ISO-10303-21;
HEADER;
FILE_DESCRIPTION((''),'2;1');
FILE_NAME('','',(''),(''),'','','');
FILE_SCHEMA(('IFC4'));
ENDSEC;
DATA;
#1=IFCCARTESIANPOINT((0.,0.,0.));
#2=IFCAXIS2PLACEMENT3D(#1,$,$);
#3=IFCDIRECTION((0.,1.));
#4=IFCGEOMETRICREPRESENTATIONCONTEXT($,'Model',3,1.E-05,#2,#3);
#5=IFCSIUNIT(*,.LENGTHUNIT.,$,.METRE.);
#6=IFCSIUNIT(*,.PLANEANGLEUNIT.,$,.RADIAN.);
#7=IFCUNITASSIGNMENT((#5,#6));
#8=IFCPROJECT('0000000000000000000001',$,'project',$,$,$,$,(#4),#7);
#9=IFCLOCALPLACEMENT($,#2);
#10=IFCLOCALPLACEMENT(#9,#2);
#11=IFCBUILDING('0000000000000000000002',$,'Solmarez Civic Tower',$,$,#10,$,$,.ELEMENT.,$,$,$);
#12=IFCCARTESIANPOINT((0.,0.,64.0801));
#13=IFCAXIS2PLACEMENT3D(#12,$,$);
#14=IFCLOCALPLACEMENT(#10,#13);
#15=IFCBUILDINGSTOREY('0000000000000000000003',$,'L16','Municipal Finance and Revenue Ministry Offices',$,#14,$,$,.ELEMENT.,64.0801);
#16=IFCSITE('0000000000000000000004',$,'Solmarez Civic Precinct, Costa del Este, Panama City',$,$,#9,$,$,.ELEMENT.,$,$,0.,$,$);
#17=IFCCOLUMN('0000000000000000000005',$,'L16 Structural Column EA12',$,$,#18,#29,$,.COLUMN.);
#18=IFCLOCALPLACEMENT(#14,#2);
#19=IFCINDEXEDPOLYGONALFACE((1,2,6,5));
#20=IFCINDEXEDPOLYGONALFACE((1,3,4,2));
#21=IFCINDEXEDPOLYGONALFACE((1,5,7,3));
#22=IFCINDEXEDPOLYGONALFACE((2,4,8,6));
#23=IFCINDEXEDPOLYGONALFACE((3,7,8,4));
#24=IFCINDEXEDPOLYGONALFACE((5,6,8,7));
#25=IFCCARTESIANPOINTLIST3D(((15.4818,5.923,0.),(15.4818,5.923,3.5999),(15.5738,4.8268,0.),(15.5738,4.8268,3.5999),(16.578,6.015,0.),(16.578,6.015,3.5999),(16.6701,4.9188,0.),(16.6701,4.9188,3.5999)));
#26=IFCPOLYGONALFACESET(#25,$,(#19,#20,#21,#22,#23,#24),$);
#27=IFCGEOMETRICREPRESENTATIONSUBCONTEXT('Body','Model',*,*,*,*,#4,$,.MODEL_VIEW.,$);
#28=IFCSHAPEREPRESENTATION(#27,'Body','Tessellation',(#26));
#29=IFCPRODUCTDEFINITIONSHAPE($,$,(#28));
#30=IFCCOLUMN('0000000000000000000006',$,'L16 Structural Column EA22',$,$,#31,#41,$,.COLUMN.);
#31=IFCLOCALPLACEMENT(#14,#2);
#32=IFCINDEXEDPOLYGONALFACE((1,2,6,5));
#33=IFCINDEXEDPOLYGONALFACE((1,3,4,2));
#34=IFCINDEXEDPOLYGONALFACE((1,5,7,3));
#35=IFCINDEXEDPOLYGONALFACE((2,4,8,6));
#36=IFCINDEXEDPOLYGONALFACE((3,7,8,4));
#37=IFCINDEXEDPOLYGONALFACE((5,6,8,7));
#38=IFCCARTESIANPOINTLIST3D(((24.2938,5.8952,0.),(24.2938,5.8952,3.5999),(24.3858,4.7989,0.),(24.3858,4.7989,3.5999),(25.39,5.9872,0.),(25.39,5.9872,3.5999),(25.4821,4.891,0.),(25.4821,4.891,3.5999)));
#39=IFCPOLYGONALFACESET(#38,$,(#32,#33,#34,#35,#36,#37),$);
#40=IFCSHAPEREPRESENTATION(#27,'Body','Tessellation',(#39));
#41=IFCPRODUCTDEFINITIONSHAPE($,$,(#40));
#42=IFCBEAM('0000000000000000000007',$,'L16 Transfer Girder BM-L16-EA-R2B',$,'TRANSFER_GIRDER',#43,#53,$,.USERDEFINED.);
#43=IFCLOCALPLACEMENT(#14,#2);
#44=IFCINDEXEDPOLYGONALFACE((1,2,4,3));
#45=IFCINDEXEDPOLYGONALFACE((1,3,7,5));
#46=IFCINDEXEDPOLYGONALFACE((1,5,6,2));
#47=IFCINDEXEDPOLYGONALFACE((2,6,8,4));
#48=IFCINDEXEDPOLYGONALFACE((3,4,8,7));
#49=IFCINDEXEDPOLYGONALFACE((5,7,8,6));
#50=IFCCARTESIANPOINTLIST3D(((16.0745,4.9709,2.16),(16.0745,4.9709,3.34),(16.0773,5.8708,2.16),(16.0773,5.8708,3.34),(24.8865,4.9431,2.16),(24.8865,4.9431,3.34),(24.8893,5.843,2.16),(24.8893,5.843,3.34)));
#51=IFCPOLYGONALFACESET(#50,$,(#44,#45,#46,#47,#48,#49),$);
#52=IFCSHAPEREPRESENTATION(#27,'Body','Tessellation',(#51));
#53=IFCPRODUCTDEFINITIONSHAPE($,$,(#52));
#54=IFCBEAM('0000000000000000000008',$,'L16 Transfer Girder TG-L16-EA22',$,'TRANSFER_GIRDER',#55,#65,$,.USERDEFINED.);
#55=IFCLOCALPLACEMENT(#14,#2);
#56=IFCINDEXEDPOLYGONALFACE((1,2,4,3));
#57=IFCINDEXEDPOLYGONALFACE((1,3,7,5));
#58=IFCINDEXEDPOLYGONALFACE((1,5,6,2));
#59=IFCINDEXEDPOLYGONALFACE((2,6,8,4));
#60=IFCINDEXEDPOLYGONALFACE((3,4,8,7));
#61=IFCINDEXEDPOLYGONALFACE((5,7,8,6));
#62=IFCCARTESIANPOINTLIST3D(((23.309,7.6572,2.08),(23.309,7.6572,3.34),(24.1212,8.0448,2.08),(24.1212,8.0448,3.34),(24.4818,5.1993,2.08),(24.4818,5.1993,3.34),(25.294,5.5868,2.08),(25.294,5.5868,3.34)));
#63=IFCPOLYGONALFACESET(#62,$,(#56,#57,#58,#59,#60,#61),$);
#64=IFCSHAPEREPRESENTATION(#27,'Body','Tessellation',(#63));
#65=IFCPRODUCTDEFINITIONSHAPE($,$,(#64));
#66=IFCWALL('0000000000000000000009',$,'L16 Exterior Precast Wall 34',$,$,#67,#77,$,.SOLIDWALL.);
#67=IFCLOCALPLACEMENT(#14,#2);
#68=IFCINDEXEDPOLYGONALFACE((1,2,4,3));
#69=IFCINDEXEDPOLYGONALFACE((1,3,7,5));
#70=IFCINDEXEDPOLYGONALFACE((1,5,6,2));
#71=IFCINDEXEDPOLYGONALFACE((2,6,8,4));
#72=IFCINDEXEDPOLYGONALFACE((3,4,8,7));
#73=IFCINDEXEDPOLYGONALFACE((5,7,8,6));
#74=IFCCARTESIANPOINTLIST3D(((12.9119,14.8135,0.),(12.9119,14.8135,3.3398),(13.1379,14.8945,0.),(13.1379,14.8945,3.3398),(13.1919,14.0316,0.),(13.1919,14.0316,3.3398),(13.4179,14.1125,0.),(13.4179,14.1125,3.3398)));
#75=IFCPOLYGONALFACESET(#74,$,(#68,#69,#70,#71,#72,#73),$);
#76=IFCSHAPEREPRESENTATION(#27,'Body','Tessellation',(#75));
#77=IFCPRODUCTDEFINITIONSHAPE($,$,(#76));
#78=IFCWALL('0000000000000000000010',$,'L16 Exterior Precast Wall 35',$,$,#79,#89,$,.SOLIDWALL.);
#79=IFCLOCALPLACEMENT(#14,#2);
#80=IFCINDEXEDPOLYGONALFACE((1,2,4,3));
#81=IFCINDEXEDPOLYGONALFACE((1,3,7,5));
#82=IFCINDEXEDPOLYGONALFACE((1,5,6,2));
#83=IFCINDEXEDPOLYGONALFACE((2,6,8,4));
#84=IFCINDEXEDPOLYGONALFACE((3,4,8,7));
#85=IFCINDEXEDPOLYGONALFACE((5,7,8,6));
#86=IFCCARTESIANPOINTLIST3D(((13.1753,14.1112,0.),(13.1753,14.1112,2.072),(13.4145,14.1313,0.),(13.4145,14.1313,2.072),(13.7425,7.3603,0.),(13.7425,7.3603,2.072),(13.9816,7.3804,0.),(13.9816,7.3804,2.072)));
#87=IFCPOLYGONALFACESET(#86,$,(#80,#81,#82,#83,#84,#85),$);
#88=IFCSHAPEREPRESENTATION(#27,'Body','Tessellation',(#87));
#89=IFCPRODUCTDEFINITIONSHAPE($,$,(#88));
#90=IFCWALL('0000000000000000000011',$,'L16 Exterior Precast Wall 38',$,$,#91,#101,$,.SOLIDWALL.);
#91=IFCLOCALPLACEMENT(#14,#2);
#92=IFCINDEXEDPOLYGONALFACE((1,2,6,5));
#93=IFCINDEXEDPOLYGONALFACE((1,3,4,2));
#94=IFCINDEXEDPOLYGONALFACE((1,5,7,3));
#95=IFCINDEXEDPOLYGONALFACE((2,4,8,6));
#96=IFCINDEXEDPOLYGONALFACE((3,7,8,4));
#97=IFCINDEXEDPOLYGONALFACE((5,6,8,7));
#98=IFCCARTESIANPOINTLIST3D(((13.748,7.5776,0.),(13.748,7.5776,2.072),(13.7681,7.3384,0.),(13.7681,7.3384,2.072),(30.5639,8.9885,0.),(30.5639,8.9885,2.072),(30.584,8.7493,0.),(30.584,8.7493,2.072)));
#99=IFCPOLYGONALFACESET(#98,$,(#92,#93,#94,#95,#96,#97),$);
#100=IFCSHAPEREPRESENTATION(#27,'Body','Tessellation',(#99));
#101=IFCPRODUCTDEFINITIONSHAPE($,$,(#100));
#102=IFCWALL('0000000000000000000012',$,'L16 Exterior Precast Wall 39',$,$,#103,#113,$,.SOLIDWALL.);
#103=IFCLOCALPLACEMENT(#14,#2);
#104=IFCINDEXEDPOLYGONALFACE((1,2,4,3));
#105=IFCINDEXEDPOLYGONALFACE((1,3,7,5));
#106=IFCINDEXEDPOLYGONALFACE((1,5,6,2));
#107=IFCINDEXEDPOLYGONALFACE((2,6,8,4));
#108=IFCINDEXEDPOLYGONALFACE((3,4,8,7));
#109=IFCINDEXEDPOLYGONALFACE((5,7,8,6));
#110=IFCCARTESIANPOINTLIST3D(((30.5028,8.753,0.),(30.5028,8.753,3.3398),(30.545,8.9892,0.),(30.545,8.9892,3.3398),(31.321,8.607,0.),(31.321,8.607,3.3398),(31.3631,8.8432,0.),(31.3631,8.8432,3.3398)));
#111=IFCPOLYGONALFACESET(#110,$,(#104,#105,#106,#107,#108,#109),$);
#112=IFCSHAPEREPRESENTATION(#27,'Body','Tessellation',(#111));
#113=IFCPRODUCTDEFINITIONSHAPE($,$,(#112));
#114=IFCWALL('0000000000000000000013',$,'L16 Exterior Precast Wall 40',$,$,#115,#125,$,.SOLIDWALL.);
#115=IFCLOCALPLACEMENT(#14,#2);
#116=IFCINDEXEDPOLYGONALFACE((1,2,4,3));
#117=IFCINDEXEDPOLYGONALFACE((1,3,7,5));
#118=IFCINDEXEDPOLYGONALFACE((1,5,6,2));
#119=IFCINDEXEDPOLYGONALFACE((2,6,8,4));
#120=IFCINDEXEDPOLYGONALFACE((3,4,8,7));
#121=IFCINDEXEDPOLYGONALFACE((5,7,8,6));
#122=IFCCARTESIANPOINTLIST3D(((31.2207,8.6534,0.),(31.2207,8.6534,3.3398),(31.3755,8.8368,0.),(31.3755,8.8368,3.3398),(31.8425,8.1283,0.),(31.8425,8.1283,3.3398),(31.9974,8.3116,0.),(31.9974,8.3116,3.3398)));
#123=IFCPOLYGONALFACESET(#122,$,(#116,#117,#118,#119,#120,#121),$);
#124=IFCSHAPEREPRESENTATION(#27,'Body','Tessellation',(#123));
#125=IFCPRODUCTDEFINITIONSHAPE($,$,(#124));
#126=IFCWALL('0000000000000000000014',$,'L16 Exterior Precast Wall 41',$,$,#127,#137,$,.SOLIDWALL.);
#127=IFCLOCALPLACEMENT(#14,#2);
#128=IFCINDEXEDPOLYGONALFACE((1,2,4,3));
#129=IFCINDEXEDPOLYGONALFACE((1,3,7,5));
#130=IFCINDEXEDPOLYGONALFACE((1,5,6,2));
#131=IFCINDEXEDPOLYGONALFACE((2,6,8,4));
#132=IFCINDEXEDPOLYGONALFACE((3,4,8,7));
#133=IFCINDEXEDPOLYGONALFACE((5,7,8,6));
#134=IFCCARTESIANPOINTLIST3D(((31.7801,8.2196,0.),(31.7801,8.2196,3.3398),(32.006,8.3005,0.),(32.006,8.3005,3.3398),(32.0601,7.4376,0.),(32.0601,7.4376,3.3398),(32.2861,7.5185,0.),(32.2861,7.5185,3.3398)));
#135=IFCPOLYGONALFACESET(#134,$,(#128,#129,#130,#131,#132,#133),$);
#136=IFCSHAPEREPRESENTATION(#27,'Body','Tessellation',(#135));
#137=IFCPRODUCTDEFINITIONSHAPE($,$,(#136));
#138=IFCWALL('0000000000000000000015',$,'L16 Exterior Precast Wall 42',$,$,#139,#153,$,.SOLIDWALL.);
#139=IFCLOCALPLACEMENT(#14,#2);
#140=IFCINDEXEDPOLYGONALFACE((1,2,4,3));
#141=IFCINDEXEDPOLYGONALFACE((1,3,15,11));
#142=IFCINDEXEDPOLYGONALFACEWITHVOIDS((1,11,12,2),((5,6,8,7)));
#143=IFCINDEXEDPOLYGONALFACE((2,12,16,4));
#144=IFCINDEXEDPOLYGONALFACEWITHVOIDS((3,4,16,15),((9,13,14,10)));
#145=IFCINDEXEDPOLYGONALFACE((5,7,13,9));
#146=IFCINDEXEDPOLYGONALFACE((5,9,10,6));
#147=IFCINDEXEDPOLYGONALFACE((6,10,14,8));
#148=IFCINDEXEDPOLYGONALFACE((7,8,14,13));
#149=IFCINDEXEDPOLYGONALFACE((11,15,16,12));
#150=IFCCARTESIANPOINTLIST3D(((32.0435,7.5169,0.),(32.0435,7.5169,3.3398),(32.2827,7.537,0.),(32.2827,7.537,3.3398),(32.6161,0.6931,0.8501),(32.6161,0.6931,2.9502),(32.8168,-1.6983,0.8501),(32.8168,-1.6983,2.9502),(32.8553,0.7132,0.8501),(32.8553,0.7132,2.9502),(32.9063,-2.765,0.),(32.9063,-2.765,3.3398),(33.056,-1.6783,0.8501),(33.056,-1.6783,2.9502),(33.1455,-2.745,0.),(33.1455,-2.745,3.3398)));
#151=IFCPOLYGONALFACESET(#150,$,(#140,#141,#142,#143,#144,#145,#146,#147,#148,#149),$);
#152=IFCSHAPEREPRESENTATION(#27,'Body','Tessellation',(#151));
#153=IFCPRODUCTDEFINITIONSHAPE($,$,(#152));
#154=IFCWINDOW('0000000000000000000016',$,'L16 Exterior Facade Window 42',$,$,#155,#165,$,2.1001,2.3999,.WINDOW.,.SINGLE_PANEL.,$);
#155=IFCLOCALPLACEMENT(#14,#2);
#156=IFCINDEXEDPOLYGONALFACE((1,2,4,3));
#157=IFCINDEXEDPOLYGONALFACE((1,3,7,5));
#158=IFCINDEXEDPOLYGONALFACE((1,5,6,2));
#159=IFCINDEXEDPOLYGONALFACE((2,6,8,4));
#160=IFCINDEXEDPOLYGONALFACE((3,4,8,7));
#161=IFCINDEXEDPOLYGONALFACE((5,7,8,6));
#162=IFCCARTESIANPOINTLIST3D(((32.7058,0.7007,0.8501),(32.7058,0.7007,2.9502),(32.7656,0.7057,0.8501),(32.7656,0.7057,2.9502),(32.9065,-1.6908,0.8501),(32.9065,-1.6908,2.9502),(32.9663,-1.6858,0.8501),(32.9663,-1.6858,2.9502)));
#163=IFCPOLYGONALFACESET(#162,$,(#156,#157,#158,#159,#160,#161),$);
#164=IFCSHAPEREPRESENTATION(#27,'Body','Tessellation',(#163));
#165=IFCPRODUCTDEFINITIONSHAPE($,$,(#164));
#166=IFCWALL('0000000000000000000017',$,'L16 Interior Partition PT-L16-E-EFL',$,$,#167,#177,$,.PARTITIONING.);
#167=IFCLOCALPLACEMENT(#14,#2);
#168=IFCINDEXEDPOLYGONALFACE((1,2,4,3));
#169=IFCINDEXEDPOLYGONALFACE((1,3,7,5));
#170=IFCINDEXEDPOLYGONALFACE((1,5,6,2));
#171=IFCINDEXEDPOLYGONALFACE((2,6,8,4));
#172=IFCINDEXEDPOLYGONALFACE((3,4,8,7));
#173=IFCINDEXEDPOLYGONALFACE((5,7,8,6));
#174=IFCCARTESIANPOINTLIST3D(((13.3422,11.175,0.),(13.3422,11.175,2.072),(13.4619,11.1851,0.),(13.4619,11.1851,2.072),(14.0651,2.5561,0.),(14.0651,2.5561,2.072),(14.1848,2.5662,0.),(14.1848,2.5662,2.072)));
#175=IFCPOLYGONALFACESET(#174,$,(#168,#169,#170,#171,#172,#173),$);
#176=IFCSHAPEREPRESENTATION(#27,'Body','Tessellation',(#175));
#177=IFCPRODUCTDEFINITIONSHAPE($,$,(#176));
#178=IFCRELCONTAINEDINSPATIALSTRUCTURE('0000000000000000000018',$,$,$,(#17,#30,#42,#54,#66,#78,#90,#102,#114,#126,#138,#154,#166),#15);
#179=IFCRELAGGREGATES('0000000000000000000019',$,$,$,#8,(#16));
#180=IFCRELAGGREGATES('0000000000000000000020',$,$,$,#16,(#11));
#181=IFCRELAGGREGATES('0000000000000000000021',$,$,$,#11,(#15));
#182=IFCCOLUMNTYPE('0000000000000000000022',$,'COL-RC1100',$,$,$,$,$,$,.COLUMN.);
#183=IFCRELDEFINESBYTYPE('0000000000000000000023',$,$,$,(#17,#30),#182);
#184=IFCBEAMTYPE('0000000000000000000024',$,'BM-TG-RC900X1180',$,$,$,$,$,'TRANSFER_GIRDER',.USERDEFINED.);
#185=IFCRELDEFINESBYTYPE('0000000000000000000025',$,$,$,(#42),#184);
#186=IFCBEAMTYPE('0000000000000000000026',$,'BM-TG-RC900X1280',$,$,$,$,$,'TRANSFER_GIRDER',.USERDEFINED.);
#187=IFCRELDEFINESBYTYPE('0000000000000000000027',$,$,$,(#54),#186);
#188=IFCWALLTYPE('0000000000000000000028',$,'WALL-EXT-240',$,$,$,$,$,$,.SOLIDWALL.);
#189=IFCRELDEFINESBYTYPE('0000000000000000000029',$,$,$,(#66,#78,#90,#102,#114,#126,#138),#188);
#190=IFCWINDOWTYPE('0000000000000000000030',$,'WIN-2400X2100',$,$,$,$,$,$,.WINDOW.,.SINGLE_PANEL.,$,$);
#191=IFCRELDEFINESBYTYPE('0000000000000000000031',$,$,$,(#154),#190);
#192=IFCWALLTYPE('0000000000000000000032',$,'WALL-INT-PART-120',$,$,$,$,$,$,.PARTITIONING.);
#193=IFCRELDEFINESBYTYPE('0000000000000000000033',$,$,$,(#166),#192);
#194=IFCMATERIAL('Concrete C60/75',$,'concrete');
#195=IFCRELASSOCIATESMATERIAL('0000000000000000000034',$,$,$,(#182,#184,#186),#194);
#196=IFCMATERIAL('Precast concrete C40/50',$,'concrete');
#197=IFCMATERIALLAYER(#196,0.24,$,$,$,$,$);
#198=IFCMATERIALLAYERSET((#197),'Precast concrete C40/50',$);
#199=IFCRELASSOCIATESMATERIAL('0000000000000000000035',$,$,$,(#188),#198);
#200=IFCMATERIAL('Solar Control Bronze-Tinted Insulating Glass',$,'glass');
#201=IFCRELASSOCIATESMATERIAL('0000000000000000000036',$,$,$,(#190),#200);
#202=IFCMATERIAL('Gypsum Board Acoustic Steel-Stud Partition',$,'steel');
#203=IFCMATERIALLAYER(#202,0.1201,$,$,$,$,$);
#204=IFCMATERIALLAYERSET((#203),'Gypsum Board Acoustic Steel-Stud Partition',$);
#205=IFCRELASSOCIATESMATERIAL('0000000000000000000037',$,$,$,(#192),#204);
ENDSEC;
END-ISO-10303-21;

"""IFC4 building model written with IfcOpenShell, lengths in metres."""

from ifc_helpers import new_model, si_unit, direction, frame, frame_2d, origin, origin_2d, place, context, subcontext, project, spatial, rectangle, extrude, material, layer, layer_set, material_profile, profile_set, type_object, element, fill, save


model = new_model("IFC4")

# Units and contexts
model_context = context("Model", 3, precision=1e-05, world=origin(), true_north=direction((0.0, 1.0)))
body_context = subcontext(model_context, "Body", "Model", "MODEL_VIEW")
ifc_project = project(units=[si_unit("LENGTHUNIT", "METRE"), si_unit("PLANEANGLEUNIT", "RADIAN")], contexts=[model_context])

# Site, building, storey
site_placement = place(None, origin())
site = spatial("IfcSite", under=ifc_project, at=site_placement, Name="Solmarez Civic Precinct, Costa del Este, Panama City", CompositionType="ELEMENT", RefElevation=0.0)
building_placement = place(site_placement, origin())
building = spatial("IfcBuilding", under=site, at=building_placement, Name="Solmarez Civic Tower", CompositionType="ELEMENT")
storey_placement = place(building_placement, frame((0.0, 0.0, 64.0801)))
storey = spatial("IfcBuildingStorey", under=building, at=storey_placement, Name="L16", Description="Municipal Finance and Revenue Ministry Offices", CompositionType="ELEMENT", Elevation=64.0801)

# Columns
ifc_material_1 = material(Name="Concrete C60/75", Category="concrete")
ifc_material_profile_1 = material_profile(ifc_material_1, rectangle(XDim=1.1001, YDim=1.1001, at=origin_2d()), Name="RC1100X1100")
ifc_profile_set_1 = profile_set([ifc_material_profile_1], Name="Concrete C60/75")
column_type = type_object("IfcColumnType", Name="COL-RC1100", PredefinedType="COLUMN", material=ifc_profile_set_1)
for number, where, z_axis, x_axis, name in (
    (1, (16.0759, 5.4209, 0.0), (0.0, 0.0, 1.0), (0.996493, 0.083678, 0.0), "L16 Structural Column EA12"),
    (2, (24.8879, 5.3931, 0.0), (0.0, 0.0, 1.0), (0.996493, 0.083678, 0.0), "L16 Structural Column EA22"),
):
    element("IfcColumn", number, at=place(storey_placement, frame(where, z_axis=z_axis, x_axis=x_axis)), inside=storey, type_object=column_type, Name=name, PredefinedType="COLUMN", context=body_context, shape_type="SweptSolid", body=[
        extrude(rectangle(XDim=1.1001, YDim=1.1001, at=origin_2d()), origin(), (0.0, 0.0, 1.0), 3.5999),
    ])

# Beams
ifc_material_profile_2 = material_profile(ifc_material_1, rectangle(XDim=0.8999, YDim=1.1799, at=origin_2d()), Name="RC900X1180")
ifc_profile_set_2 = profile_set([ifc_material_profile_2], Name="Concrete C60/75")
beam_type_1 = type_object("IfcBeamType", Name="BM-TG-RC900X1180", ElementType="TRANSFER_GIRDER", PredefinedType="USERDEFINED", material=ifc_profile_set_2)
beam_1_placement = place(storey_placement, frame((16.0759, 5.4209, 2.75), z_axis=(0.999995, -0.003158, 0.0), x_axis=(0.003158, 0.999995, 0.0)))
element("IfcBeam", 3, at=beam_1_placement, inside=storey, type_object=beam_type_1, Name="L16 Transfer Girder BM-L16-EA-R2B", ObjectType="TRANSFER_GIRDER", PredefinedType="USERDEFINED", context=body_context, shape_type="SweptSolid", body=[
    extrude(rectangle(XDim=0.8999, YDim=1.1799, at=origin_2d()), origin(), (0.0, 0.0, 1.0), 8.812),
])
ifc_material_profile_3 = material_profile(ifc_material_1, rectangle(XDim=0.8999, YDim=1.26, at=origin_2d()), Name="RC900X1280")
ifc_profile_set_3 = profile_set([ifc_material_profile_3], Name="Concrete C60/75")
beam_type_2 = type_object("IfcBeamType", Name="BM-TG-RC900X1280", ElementType="TRANSFER_GIRDER", PredefinedType="USERDEFINED", material=ifc_profile_set_3)
beam_2_placement = place(storey_placement, frame((24.8879, 5.3931, 2.71), z_axis=(-0.430643, 0.902522, 0.0), x_axis=(-0.902522, -0.430643, 0.0)))
element("IfcBeam", 4, at=beam_2_placement, inside=storey, type_object=beam_type_2, Name="L16 Transfer Girder TG-L16-EA22", ObjectType="TRANSFER_GIRDER", PredefinedType="USERDEFINED", context=body_context, shape_type="SweptSolid", body=[
    extrude(rectangle(XDim=0.8999, YDim=1.26, at=origin_2d()), origin(), (0.0, 0.0, 1.0), 2.7234),
])

# Walls
ifc_material_2 = material(Name="Precast concrete C40/50", Category="concrete")
ifc_layer_1 = layer(ifc_material_2, 0.24)
ifc_layer_set_1 = layer_set([ifc_layer_1], Name="Precast concrete C40/50")
wall_type_1 = type_object("IfcWallType", Name="WALL-EXT-240", PredefinedType="SOLIDWALL", material=ifc_layer_set_1)
wall_1_placement = place(storey_placement, frame((13.0249, 14.854, 0.0), z_axis=(0.0, 0.0, 1.0), x_axis=(0.337137, -0.941456, 0.0)))
element("IfcWall", 5, at=wall_1_placement, inside=storey, type_object=wall_type_1, Name="L16 Exterior Precast Wall 34", PredefinedType="SOLIDWALL", context=body_context, shape_type="SweptSolid", body=[
    extrude(rectangle(XDim=0.8306, YDim=0.24, at=frame_2d((0.4153, 0.0))), origin(), (0.0, 0.0, 1.0), 3.3398),
])
wall_2_placement = place(storey_placement, frame((13.2949, 14.1211, 0.0), z_axis=(0.0, 0.0, 1.0), x_axis=(0.083714, -0.99649, 0.0)))
element("IfcWall", 6, at=wall_2_placement, inside=storey, type_object=wall_type_1, Name="L16 Exterior Precast Wall 35", PredefinedType="SOLIDWALL", context=body_context, shape_type="SweptSolid", body=[
    extrude(rectangle(XDim=6.7747, YDim=0.24, at=frame_2d((3.3872, 0.0))), origin(), (0.0, 0.0, 1.0), 2.072),
])
wall_3_placement = place(storey_placement, frame((13.7581, 7.458, 0.0), z_axis=(0.0, 0.0, 1.0), x_axis=(0.996499, 0.083608, 0.0)))
element("IfcWall", 7, at=wall_3_placement, inside=storey, type_object=wall_type_1, Name="L16 Exterior Precast Wall 38", PredefinedType="SOLIDWALL", context=body_context, shape_type="SweptSolid", body=[
    extrude(rectangle(XDim=16.875, YDim=0.24, at=frame_2d((8.4375, 0.0))), origin(), (0.0, 0.0, 1.0), 2.072),
])
wall_4_placement = place(storey_placement, frame((30.5239, 8.8711, 0.0), z_axis=(0.0, 0.0, 1.0), x_axis=(0.984448, -0.175679, 0.0)))
element("IfcWall", 8, at=wall_4_placement, inside=storey, type_object=wall_type_1, Name="L16 Exterior Precast Wall 39", PredefinedType="SOLIDWALL", context=body_context, shape_type="SweptSolid", body=[
    extrude(rectangle(XDim=0.8311, YDim=0.24, at=frame_2d((0.4155, 0.0))), origin(), (0.0, 0.0, 1.0), 3.3398),
])
wall_5_placement = place(storey_placement, frame((31.2981, 8.7451, 0.0), z_axis=(0.0, 0.0, 1.0), x_axis=(0.764, -0.645216, 0.0)))
element("IfcWall", 9, at=wall_5_placement, inside=storey, type_object=wall_type_1, Name="L16 Exterior Precast Wall 40", PredefinedType="SOLIDWALL", context=body_context, shape_type="SweptSolid", body=[
    extrude(rectangle(XDim=0.814, YDim=0.24, at=frame_2d((0.407, 0.0))), origin(), (0.0, 0.0, 1.0), 3.3398),
])
wall_6_placement = place(storey_placement, frame((31.8931, 8.26, 0.0), z_axis=(0.0, 0.0, 1.0), x_axis=(0.337137, -0.941456, 0.0)))
element("IfcWall", 10, at=wall_6_placement, inside=storey, type_object=wall_type_1, Name="L16 Exterior Precast Wall 41", PredefinedType="SOLIDWALL", context=body_context, shape_type="SweptSolid", body=[
    extrude(rectangle(XDim=0.8306, YDim=0.24, at=frame_2d((0.4153, 0.0))), origin(), (0.0, 0.0, 1.0), 3.3398),
])

# Wall, opening, window
wall_7_placement = place(storey_placement, frame((32.1631, 7.5271, 0.0), z_axis=(0.0, 0.0, 1.0), x_axis=(0.083619, -0.996498, 0.0)))
wall_7 = element("IfcWall", 11, at=wall_7_placement, inside=storey, type_object=wall_type_1, Name="L16 Exterior Precast Wall 42", PredefinedType="SOLIDWALL", context=body_context, shape_type="SweptSolid", body=[
    extrude(rectangle(XDim=10.3181, YDim=0.24, at=frame_2d((5.1592, 0.0))), origin(), (0.0, 0.0, 1.0), 3.3398),
])
opening_1_placement = place(wall_7_placement, frame((6.8479, 0.0, 0.8501)))
opening_1 = element("IfcOpeningElement", 12, at=opening_1_placement, cuts=wall_7, PredefinedType="OPENING", context=body_context, shape_type="SweptSolid", body=[
    extrude(rectangle(XDim=2.3999, YDim=2.1001, at=frame_2d((1.2, 1.05))), frame((0.0, 0.1299, 0.0), z_axis=(0.0, -1.0, 0.0), x_axis=(1.0, 0.0, 0.0)), (0.0, 0.0, 1.0), 0.26),
])
ifc_material_3 = material(Name="Solar Control Bronze-Tinted Insulating Glass", Category="glass")
window_type = type_object("IfcWindowType", Name="WIN-2400X2100", PartitioningType="SINGLE_PANEL", PredefinedType="WINDOW", material=ifc_material_3)
window_placement = place(opening_1_placement, origin())
window = element("IfcWindow", 13, at=window_placement, inside=storey, type_object=window_type, Name="L16 Exterior Facade Window 42", OverallHeight=2.1001, OverallWidth=2.3999, PartitioningType="SINGLE_PANEL", PredefinedType="WINDOW", context=body_context, shape_type="SweptSolid", body=[
    extrude(rectangle(XDim=2.3999, YDim=2.1001, at=frame_2d((1.2, 1.05))), frame((0.0, 0.03, 0.0), z_axis=(0.0, -1.0, 0.0), x_axis=(1.0, 0.0, 0.0)), (0.0, 0.0, 1.0), 0.0601),
])
fill(opening_1, window)

# Wall
ifc_material_4 = material(Name="Gypsum Board Acoustic Steel-Stud Partition", Category="steel")
ifc_layer_2 = layer(ifc_material_4, 0.1201)
ifc_layer_set_2 = layer_set([ifc_layer_2], Name="Gypsum Board Acoustic Steel-Stud Partition")
wall_type_2 = type_object("IfcWallType", Name="WALL-INT-PART-120", PredefinedType="PARTITIONING", material=ifc_layer_set_2)
wall_8_placement = place(storey_placement, frame((14.125, 2.561, 0.0), z_axis=(0.0, 0.0, 1.0), x_axis=(-0.08358, 0.996501, 0.0)))
element("IfcWall", 14, at=wall_8_placement, inside=storey, type_object=wall_type_2, Name="L16 Interior Partition PT-L16-E-EFL", PredefinedType="PARTITIONING", context=body_context, shape_type="SweptSolid", body=[
    extrude(rectangle(XDim=8.6492, YDim=0.1201, at=frame_2d((4.3247, 0.0))), origin(), (0.0, 0.0, 1.0), 2.072),
])

save(model, "model.ifc")
